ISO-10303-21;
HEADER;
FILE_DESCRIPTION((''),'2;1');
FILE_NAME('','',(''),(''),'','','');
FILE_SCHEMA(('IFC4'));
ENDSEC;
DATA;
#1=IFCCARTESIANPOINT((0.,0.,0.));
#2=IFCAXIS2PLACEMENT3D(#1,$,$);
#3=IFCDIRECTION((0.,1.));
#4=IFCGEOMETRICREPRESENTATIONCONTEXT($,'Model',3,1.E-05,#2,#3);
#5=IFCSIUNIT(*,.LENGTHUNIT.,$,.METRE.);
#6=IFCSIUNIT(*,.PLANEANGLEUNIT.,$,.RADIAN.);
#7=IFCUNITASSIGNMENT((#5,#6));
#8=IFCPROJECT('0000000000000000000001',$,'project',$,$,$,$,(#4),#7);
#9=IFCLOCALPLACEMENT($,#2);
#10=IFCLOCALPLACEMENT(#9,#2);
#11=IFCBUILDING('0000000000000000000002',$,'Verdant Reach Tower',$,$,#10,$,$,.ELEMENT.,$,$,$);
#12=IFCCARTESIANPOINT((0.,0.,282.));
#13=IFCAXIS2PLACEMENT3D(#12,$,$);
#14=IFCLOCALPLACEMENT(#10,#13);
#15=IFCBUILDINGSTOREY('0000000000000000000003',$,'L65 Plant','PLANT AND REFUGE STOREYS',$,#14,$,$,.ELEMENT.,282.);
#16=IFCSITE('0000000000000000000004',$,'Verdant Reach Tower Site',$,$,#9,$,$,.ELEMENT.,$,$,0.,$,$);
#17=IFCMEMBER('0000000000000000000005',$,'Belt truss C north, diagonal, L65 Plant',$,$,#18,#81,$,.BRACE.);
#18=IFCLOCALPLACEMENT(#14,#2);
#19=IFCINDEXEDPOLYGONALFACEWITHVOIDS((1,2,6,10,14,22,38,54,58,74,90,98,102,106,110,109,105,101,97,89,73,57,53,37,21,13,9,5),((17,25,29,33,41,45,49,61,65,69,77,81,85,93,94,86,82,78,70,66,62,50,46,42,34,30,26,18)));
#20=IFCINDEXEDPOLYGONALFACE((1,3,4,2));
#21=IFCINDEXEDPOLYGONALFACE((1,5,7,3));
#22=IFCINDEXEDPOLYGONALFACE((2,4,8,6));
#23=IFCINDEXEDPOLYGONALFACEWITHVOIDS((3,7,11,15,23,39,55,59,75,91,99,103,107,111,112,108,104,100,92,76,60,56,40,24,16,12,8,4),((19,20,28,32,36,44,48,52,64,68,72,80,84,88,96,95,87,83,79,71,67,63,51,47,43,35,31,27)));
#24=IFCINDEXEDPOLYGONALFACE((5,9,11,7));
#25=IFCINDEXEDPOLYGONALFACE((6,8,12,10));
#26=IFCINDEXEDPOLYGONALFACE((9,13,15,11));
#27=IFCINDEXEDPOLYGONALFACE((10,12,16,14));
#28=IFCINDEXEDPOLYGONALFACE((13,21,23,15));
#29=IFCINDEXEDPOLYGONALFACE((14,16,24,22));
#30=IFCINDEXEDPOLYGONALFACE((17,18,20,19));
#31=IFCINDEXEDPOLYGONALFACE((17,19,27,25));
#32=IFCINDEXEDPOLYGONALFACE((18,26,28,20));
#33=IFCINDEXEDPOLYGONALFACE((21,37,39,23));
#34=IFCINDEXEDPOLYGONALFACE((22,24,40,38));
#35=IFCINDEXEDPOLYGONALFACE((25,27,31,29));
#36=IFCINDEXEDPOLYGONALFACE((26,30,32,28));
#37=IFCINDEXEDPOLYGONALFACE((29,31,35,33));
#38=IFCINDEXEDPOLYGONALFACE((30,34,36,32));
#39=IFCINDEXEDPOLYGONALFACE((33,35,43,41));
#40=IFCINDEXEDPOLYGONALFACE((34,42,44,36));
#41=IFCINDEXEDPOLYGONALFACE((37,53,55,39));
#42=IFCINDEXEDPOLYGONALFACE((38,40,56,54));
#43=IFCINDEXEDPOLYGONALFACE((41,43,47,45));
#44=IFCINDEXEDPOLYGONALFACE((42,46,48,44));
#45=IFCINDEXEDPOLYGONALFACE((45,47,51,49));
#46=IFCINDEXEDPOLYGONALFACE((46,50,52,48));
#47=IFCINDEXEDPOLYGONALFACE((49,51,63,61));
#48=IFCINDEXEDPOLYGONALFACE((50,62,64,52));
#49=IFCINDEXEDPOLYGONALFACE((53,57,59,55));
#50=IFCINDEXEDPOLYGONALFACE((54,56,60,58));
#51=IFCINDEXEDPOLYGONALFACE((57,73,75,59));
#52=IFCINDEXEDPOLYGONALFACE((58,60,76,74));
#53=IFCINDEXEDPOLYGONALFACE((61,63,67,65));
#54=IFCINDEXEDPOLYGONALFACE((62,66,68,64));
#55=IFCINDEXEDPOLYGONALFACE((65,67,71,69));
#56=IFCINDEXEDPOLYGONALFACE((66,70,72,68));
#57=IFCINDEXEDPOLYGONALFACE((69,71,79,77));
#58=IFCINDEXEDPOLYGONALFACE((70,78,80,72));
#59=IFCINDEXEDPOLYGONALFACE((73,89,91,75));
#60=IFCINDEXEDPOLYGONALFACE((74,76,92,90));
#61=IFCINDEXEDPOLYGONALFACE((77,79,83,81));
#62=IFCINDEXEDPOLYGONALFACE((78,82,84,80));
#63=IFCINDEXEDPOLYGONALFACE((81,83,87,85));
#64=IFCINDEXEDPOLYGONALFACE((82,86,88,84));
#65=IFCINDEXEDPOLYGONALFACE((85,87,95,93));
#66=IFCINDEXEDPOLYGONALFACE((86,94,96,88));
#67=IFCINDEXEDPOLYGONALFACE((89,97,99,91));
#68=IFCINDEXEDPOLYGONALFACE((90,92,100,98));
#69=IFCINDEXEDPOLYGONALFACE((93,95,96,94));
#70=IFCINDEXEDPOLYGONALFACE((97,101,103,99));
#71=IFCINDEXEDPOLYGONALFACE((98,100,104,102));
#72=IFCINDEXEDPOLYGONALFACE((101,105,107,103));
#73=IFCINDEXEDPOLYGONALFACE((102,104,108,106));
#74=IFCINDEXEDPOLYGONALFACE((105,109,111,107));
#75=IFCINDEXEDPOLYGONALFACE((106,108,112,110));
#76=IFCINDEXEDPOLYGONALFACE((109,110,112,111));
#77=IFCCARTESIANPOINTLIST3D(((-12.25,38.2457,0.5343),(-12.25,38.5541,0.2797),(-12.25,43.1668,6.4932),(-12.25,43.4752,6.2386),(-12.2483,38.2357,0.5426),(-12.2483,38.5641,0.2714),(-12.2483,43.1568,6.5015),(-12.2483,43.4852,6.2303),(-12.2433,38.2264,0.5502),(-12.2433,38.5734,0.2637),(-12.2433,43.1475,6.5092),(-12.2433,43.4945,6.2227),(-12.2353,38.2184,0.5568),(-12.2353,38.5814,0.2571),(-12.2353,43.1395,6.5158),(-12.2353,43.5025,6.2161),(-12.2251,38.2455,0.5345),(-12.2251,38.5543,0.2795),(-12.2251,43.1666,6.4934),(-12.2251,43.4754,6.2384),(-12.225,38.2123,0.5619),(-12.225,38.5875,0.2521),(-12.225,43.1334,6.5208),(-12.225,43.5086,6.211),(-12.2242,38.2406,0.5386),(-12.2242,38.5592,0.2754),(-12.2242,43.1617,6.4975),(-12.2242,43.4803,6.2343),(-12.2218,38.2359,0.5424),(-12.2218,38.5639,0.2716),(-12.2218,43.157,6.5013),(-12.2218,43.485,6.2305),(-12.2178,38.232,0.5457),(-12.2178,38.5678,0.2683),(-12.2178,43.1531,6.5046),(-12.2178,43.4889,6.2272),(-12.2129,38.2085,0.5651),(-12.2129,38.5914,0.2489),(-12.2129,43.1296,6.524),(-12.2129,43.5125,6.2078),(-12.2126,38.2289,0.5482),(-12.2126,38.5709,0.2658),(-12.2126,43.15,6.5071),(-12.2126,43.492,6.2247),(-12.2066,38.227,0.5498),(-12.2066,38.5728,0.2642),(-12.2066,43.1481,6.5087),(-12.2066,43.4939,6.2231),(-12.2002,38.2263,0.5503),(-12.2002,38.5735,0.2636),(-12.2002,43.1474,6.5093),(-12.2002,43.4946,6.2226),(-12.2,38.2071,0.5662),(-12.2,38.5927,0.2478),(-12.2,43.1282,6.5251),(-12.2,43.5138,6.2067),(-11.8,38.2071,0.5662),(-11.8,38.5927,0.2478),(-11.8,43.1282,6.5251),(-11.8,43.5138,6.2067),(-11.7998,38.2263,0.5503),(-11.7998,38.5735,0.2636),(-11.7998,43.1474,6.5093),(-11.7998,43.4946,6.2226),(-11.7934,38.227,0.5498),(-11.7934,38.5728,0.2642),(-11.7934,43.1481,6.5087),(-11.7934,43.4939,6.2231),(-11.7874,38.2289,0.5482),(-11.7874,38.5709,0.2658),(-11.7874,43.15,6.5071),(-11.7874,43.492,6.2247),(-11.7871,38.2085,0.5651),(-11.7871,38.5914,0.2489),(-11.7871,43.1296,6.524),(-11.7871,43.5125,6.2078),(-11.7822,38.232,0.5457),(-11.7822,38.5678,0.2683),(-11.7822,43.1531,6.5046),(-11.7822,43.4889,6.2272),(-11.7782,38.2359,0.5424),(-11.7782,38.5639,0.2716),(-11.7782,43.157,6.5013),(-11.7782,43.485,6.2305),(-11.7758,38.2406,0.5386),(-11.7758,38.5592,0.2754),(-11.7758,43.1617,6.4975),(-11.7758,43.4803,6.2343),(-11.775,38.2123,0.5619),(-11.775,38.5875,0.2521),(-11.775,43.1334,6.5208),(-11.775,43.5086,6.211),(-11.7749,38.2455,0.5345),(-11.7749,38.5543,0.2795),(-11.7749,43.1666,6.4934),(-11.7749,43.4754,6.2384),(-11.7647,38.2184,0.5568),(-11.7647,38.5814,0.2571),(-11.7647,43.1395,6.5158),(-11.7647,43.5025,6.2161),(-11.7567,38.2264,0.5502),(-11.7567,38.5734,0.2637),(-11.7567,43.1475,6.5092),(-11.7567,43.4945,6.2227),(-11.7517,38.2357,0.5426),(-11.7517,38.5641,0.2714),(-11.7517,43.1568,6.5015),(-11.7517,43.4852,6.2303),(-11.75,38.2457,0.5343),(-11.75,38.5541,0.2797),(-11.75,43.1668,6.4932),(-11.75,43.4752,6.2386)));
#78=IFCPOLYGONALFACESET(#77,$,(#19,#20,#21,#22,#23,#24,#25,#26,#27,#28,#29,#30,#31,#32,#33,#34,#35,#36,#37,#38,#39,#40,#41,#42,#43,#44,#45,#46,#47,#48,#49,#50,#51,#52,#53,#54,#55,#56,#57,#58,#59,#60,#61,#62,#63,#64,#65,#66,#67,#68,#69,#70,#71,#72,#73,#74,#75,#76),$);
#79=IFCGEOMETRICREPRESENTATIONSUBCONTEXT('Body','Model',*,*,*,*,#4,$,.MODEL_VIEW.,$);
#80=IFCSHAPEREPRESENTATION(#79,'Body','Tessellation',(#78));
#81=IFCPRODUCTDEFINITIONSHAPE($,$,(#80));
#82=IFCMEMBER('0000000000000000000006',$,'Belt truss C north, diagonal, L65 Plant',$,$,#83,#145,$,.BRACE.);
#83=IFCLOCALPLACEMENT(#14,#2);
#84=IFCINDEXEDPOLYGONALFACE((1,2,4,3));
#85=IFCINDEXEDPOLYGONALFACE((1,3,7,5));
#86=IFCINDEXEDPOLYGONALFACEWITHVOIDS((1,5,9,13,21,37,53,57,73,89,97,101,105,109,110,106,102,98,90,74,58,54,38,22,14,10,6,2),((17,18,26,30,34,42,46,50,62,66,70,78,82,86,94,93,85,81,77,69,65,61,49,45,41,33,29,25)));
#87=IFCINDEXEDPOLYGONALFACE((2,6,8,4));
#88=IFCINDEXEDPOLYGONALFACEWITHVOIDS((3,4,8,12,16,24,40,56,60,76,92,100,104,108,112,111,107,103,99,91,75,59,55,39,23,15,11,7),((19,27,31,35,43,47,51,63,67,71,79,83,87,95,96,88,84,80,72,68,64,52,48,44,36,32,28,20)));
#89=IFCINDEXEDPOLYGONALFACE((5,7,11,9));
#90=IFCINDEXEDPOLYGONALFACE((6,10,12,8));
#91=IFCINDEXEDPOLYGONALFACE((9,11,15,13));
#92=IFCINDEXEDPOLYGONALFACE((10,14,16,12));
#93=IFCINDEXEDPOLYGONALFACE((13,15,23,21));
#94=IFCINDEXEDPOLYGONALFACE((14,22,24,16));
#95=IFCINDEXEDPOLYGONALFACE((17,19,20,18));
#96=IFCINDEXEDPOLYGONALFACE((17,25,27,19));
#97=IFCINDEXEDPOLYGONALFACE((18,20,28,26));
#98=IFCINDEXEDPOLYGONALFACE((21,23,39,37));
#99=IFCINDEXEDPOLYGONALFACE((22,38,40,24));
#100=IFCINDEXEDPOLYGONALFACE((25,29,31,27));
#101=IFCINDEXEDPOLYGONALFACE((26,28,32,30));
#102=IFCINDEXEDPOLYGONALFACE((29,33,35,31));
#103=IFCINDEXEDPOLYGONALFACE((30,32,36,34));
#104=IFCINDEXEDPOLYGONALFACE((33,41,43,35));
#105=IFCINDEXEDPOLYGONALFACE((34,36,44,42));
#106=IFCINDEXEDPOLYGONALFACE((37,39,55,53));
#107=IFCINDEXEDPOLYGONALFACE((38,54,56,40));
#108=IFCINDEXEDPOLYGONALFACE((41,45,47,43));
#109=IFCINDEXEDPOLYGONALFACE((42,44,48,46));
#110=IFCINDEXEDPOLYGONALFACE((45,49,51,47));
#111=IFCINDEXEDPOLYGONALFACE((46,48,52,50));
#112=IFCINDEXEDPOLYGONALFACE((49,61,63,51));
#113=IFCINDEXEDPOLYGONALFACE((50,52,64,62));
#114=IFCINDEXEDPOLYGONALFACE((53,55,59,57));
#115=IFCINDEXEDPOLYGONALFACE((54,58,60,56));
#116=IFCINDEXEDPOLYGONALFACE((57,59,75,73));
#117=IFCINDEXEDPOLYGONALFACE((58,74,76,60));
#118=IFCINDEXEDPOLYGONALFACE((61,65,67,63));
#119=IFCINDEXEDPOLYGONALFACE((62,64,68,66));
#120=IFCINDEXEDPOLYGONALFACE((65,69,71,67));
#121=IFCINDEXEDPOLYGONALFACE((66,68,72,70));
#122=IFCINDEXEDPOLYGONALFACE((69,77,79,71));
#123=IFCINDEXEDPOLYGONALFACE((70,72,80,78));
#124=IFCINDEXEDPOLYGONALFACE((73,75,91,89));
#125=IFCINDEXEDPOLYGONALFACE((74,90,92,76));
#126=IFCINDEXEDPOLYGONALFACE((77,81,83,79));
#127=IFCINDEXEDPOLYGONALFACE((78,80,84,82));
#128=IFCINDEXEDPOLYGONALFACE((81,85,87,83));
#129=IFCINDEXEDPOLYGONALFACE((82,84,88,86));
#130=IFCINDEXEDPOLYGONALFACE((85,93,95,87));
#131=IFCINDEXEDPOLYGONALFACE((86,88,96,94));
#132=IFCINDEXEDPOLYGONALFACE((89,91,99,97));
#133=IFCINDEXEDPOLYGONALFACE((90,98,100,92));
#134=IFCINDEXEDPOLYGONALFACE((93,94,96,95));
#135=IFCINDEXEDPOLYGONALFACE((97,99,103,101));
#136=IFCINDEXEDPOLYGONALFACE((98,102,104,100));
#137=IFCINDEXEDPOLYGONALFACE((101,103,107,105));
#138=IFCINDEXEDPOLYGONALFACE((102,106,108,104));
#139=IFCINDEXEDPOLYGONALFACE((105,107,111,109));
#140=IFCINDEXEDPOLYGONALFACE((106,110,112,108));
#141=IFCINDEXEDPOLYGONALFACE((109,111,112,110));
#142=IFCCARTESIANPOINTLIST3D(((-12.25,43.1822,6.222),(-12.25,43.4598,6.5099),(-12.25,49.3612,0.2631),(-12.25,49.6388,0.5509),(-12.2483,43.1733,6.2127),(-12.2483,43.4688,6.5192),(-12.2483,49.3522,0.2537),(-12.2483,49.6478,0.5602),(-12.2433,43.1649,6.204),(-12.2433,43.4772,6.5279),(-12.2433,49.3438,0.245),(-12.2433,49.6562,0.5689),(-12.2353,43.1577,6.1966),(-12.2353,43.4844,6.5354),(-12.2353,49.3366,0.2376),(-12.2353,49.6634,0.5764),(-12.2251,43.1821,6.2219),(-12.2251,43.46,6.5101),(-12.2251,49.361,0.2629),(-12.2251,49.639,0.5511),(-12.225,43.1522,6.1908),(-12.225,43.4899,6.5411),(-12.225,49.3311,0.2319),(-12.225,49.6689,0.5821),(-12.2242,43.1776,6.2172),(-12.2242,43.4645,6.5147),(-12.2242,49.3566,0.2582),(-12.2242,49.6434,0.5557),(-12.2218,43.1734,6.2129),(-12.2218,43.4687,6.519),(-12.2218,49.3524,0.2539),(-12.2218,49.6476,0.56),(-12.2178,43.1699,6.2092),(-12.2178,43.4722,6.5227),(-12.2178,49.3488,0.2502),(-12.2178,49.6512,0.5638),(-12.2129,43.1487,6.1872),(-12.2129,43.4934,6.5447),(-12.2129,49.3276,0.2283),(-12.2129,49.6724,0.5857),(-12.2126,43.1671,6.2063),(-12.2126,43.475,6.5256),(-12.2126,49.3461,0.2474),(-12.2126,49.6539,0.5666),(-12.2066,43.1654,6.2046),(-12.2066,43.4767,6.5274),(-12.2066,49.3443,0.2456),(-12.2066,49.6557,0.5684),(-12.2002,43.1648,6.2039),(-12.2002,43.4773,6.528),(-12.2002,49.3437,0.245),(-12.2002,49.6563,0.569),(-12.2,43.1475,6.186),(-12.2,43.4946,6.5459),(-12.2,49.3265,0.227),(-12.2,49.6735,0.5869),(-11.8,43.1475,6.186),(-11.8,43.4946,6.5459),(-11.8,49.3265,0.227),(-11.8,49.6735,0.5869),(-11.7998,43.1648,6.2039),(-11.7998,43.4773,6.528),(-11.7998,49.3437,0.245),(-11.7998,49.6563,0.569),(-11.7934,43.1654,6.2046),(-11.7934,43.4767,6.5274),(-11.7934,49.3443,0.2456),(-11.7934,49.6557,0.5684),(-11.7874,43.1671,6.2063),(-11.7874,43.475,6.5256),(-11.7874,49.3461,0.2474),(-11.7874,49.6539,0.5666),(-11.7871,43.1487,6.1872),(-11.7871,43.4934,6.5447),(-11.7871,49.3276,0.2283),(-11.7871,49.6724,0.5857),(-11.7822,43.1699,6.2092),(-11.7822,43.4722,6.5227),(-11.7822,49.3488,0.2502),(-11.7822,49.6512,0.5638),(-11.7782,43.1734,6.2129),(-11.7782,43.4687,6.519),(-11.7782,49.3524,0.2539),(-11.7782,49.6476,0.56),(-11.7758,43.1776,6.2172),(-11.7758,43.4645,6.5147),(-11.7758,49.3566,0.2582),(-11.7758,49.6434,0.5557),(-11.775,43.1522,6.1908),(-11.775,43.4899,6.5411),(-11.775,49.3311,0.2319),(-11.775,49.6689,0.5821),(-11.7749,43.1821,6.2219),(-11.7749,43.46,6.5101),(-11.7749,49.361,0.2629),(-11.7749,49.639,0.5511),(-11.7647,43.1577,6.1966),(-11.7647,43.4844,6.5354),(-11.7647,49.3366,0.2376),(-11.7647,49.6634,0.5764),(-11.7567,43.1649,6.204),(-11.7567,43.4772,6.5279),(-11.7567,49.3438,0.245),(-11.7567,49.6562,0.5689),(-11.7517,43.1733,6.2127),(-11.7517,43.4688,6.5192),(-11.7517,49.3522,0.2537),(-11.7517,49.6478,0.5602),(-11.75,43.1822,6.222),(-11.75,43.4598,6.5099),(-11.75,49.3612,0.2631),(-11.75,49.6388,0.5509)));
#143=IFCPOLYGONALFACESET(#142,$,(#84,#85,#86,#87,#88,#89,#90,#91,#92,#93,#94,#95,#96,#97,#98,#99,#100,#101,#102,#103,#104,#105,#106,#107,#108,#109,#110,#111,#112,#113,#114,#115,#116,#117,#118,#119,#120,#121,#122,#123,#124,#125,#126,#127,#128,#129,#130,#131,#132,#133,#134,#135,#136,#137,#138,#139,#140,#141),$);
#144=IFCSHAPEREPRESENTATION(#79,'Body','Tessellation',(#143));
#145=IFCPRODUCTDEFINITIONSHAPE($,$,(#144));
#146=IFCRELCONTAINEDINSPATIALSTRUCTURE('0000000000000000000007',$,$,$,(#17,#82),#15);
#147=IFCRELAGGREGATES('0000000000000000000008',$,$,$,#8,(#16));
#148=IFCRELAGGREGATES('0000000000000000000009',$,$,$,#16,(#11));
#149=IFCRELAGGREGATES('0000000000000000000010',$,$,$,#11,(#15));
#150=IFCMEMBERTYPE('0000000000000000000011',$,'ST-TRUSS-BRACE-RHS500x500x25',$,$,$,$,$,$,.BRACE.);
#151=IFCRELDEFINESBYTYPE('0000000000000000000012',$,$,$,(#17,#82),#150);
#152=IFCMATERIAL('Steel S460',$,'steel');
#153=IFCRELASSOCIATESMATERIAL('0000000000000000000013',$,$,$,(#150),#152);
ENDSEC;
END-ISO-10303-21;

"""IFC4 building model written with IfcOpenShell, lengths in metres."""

from ifc_helpers import new_model, si_unit, direction, frame, origin, origin_2d, place, context, subcontext, project, spatial, hollow_rectangle, extrude, material, material_profile, profile_set, type_object, element, save


model = new_model("IFC4")

# Units and contexts
model_context = context("Model", 3, precision=1e-05, world=origin(), true_north=direction((0.0, 1.0)))
body_context = subcontext(model_context, "Body", "Model", "MODEL_VIEW")
ifc_project = project(units=[si_unit("LENGTHUNIT", "METRE"), si_unit("PLANEANGLEUNIT", "RADIAN")], contexts=[model_context])

# Site, building, storey
site_placement = place(None, origin())
site = spatial("IfcSite", under=ifc_project, at=site_placement, Name="Verdant Reach Tower Site", CompositionType="ELEMENT", RefElevation=0.0)
building_placement = place(site_placement, origin())
building = spatial("IfcBuilding", under=site, at=building_placement, Name="Verdant Reach Tower", CompositionType="ELEMENT")
storey_placement = place(building_placement, frame((0.0, 0.0, 282.0)))
storey = spatial("IfcBuildingStorey", under=building, at=storey_placement, Name="L65 Plant", Description="PLANT AND REFUGE STOREYS", CompositionType="ELEMENT", Elevation=282.0)

# Shared definitions
ifc_material_1 = material(Name="Steel S460", Category="steel")

# Members
ifc_material_profile_1 = material_profile(ifc_material_1, hollow_rectangle(XDim=0.5, YDim=0.5, WallThickness=0.0249, InnerFilletRadius=0.0249, OuterFilletRadius=0.05, at=origin_2d()), Name="RHS 500x500x25")
ifc_profile_set_1 = profile_set([ifc_material_profile_1], Name="Steel S460")
member_type_1 = type_object("IfcMemberType", Name="ST-TRUSS-BRACE-RHS500x500x25", PredefinedType="BRACE", material=ifc_profile_set_1)
member_1_placement = place(storey_placement, frame((-12.0, 38.3999, 0.407), z_axis=(0.0, 0.636766, 0.771057), x_axis=(-1.0, 0.0, 0.0)))
element("IfcMember", 1, at=member_1_placement, inside=storey, type_object=member_type_1, Name="Belt truss C north, diagonal, L65 Plant", PredefinedType="BRACE", context=body_context, shape_type="SweptSolid", body=[
    extrude(hollow_rectangle(XDim=0.5, YDim=0.5, WallThickness=0.0249, InnerFilletRadius=0.0249, OuterFilletRadius=0.05, at=origin_2d()), origin(), (0.0, 0.0, 1.0), 7.7283),
])
member_2_placement = place(storey_placement, frame((-12.0, 43.321, 6.366), z_axis=(0.0, 0.719803, -0.694178), x_axis=(-1.0, 0.0, 0.0)))
element("IfcMember", 2, at=member_2_placement, inside=storey, type_object=member_type_1, Name="Belt truss C north, diagonal, L65 Plant", PredefinedType="BRACE", context=body_context, shape_type="SweptSolid", body=[
    extrude(hollow_rectangle(XDim=0.5, YDim=0.5, WallThickness=0.0249, InnerFilletRadius=0.0249, OuterFilletRadius=0.05, at=origin_2d()), origin(), (0.0, 0.0, 1.0), 8.5842),
])

save(model, "model.ifc")
